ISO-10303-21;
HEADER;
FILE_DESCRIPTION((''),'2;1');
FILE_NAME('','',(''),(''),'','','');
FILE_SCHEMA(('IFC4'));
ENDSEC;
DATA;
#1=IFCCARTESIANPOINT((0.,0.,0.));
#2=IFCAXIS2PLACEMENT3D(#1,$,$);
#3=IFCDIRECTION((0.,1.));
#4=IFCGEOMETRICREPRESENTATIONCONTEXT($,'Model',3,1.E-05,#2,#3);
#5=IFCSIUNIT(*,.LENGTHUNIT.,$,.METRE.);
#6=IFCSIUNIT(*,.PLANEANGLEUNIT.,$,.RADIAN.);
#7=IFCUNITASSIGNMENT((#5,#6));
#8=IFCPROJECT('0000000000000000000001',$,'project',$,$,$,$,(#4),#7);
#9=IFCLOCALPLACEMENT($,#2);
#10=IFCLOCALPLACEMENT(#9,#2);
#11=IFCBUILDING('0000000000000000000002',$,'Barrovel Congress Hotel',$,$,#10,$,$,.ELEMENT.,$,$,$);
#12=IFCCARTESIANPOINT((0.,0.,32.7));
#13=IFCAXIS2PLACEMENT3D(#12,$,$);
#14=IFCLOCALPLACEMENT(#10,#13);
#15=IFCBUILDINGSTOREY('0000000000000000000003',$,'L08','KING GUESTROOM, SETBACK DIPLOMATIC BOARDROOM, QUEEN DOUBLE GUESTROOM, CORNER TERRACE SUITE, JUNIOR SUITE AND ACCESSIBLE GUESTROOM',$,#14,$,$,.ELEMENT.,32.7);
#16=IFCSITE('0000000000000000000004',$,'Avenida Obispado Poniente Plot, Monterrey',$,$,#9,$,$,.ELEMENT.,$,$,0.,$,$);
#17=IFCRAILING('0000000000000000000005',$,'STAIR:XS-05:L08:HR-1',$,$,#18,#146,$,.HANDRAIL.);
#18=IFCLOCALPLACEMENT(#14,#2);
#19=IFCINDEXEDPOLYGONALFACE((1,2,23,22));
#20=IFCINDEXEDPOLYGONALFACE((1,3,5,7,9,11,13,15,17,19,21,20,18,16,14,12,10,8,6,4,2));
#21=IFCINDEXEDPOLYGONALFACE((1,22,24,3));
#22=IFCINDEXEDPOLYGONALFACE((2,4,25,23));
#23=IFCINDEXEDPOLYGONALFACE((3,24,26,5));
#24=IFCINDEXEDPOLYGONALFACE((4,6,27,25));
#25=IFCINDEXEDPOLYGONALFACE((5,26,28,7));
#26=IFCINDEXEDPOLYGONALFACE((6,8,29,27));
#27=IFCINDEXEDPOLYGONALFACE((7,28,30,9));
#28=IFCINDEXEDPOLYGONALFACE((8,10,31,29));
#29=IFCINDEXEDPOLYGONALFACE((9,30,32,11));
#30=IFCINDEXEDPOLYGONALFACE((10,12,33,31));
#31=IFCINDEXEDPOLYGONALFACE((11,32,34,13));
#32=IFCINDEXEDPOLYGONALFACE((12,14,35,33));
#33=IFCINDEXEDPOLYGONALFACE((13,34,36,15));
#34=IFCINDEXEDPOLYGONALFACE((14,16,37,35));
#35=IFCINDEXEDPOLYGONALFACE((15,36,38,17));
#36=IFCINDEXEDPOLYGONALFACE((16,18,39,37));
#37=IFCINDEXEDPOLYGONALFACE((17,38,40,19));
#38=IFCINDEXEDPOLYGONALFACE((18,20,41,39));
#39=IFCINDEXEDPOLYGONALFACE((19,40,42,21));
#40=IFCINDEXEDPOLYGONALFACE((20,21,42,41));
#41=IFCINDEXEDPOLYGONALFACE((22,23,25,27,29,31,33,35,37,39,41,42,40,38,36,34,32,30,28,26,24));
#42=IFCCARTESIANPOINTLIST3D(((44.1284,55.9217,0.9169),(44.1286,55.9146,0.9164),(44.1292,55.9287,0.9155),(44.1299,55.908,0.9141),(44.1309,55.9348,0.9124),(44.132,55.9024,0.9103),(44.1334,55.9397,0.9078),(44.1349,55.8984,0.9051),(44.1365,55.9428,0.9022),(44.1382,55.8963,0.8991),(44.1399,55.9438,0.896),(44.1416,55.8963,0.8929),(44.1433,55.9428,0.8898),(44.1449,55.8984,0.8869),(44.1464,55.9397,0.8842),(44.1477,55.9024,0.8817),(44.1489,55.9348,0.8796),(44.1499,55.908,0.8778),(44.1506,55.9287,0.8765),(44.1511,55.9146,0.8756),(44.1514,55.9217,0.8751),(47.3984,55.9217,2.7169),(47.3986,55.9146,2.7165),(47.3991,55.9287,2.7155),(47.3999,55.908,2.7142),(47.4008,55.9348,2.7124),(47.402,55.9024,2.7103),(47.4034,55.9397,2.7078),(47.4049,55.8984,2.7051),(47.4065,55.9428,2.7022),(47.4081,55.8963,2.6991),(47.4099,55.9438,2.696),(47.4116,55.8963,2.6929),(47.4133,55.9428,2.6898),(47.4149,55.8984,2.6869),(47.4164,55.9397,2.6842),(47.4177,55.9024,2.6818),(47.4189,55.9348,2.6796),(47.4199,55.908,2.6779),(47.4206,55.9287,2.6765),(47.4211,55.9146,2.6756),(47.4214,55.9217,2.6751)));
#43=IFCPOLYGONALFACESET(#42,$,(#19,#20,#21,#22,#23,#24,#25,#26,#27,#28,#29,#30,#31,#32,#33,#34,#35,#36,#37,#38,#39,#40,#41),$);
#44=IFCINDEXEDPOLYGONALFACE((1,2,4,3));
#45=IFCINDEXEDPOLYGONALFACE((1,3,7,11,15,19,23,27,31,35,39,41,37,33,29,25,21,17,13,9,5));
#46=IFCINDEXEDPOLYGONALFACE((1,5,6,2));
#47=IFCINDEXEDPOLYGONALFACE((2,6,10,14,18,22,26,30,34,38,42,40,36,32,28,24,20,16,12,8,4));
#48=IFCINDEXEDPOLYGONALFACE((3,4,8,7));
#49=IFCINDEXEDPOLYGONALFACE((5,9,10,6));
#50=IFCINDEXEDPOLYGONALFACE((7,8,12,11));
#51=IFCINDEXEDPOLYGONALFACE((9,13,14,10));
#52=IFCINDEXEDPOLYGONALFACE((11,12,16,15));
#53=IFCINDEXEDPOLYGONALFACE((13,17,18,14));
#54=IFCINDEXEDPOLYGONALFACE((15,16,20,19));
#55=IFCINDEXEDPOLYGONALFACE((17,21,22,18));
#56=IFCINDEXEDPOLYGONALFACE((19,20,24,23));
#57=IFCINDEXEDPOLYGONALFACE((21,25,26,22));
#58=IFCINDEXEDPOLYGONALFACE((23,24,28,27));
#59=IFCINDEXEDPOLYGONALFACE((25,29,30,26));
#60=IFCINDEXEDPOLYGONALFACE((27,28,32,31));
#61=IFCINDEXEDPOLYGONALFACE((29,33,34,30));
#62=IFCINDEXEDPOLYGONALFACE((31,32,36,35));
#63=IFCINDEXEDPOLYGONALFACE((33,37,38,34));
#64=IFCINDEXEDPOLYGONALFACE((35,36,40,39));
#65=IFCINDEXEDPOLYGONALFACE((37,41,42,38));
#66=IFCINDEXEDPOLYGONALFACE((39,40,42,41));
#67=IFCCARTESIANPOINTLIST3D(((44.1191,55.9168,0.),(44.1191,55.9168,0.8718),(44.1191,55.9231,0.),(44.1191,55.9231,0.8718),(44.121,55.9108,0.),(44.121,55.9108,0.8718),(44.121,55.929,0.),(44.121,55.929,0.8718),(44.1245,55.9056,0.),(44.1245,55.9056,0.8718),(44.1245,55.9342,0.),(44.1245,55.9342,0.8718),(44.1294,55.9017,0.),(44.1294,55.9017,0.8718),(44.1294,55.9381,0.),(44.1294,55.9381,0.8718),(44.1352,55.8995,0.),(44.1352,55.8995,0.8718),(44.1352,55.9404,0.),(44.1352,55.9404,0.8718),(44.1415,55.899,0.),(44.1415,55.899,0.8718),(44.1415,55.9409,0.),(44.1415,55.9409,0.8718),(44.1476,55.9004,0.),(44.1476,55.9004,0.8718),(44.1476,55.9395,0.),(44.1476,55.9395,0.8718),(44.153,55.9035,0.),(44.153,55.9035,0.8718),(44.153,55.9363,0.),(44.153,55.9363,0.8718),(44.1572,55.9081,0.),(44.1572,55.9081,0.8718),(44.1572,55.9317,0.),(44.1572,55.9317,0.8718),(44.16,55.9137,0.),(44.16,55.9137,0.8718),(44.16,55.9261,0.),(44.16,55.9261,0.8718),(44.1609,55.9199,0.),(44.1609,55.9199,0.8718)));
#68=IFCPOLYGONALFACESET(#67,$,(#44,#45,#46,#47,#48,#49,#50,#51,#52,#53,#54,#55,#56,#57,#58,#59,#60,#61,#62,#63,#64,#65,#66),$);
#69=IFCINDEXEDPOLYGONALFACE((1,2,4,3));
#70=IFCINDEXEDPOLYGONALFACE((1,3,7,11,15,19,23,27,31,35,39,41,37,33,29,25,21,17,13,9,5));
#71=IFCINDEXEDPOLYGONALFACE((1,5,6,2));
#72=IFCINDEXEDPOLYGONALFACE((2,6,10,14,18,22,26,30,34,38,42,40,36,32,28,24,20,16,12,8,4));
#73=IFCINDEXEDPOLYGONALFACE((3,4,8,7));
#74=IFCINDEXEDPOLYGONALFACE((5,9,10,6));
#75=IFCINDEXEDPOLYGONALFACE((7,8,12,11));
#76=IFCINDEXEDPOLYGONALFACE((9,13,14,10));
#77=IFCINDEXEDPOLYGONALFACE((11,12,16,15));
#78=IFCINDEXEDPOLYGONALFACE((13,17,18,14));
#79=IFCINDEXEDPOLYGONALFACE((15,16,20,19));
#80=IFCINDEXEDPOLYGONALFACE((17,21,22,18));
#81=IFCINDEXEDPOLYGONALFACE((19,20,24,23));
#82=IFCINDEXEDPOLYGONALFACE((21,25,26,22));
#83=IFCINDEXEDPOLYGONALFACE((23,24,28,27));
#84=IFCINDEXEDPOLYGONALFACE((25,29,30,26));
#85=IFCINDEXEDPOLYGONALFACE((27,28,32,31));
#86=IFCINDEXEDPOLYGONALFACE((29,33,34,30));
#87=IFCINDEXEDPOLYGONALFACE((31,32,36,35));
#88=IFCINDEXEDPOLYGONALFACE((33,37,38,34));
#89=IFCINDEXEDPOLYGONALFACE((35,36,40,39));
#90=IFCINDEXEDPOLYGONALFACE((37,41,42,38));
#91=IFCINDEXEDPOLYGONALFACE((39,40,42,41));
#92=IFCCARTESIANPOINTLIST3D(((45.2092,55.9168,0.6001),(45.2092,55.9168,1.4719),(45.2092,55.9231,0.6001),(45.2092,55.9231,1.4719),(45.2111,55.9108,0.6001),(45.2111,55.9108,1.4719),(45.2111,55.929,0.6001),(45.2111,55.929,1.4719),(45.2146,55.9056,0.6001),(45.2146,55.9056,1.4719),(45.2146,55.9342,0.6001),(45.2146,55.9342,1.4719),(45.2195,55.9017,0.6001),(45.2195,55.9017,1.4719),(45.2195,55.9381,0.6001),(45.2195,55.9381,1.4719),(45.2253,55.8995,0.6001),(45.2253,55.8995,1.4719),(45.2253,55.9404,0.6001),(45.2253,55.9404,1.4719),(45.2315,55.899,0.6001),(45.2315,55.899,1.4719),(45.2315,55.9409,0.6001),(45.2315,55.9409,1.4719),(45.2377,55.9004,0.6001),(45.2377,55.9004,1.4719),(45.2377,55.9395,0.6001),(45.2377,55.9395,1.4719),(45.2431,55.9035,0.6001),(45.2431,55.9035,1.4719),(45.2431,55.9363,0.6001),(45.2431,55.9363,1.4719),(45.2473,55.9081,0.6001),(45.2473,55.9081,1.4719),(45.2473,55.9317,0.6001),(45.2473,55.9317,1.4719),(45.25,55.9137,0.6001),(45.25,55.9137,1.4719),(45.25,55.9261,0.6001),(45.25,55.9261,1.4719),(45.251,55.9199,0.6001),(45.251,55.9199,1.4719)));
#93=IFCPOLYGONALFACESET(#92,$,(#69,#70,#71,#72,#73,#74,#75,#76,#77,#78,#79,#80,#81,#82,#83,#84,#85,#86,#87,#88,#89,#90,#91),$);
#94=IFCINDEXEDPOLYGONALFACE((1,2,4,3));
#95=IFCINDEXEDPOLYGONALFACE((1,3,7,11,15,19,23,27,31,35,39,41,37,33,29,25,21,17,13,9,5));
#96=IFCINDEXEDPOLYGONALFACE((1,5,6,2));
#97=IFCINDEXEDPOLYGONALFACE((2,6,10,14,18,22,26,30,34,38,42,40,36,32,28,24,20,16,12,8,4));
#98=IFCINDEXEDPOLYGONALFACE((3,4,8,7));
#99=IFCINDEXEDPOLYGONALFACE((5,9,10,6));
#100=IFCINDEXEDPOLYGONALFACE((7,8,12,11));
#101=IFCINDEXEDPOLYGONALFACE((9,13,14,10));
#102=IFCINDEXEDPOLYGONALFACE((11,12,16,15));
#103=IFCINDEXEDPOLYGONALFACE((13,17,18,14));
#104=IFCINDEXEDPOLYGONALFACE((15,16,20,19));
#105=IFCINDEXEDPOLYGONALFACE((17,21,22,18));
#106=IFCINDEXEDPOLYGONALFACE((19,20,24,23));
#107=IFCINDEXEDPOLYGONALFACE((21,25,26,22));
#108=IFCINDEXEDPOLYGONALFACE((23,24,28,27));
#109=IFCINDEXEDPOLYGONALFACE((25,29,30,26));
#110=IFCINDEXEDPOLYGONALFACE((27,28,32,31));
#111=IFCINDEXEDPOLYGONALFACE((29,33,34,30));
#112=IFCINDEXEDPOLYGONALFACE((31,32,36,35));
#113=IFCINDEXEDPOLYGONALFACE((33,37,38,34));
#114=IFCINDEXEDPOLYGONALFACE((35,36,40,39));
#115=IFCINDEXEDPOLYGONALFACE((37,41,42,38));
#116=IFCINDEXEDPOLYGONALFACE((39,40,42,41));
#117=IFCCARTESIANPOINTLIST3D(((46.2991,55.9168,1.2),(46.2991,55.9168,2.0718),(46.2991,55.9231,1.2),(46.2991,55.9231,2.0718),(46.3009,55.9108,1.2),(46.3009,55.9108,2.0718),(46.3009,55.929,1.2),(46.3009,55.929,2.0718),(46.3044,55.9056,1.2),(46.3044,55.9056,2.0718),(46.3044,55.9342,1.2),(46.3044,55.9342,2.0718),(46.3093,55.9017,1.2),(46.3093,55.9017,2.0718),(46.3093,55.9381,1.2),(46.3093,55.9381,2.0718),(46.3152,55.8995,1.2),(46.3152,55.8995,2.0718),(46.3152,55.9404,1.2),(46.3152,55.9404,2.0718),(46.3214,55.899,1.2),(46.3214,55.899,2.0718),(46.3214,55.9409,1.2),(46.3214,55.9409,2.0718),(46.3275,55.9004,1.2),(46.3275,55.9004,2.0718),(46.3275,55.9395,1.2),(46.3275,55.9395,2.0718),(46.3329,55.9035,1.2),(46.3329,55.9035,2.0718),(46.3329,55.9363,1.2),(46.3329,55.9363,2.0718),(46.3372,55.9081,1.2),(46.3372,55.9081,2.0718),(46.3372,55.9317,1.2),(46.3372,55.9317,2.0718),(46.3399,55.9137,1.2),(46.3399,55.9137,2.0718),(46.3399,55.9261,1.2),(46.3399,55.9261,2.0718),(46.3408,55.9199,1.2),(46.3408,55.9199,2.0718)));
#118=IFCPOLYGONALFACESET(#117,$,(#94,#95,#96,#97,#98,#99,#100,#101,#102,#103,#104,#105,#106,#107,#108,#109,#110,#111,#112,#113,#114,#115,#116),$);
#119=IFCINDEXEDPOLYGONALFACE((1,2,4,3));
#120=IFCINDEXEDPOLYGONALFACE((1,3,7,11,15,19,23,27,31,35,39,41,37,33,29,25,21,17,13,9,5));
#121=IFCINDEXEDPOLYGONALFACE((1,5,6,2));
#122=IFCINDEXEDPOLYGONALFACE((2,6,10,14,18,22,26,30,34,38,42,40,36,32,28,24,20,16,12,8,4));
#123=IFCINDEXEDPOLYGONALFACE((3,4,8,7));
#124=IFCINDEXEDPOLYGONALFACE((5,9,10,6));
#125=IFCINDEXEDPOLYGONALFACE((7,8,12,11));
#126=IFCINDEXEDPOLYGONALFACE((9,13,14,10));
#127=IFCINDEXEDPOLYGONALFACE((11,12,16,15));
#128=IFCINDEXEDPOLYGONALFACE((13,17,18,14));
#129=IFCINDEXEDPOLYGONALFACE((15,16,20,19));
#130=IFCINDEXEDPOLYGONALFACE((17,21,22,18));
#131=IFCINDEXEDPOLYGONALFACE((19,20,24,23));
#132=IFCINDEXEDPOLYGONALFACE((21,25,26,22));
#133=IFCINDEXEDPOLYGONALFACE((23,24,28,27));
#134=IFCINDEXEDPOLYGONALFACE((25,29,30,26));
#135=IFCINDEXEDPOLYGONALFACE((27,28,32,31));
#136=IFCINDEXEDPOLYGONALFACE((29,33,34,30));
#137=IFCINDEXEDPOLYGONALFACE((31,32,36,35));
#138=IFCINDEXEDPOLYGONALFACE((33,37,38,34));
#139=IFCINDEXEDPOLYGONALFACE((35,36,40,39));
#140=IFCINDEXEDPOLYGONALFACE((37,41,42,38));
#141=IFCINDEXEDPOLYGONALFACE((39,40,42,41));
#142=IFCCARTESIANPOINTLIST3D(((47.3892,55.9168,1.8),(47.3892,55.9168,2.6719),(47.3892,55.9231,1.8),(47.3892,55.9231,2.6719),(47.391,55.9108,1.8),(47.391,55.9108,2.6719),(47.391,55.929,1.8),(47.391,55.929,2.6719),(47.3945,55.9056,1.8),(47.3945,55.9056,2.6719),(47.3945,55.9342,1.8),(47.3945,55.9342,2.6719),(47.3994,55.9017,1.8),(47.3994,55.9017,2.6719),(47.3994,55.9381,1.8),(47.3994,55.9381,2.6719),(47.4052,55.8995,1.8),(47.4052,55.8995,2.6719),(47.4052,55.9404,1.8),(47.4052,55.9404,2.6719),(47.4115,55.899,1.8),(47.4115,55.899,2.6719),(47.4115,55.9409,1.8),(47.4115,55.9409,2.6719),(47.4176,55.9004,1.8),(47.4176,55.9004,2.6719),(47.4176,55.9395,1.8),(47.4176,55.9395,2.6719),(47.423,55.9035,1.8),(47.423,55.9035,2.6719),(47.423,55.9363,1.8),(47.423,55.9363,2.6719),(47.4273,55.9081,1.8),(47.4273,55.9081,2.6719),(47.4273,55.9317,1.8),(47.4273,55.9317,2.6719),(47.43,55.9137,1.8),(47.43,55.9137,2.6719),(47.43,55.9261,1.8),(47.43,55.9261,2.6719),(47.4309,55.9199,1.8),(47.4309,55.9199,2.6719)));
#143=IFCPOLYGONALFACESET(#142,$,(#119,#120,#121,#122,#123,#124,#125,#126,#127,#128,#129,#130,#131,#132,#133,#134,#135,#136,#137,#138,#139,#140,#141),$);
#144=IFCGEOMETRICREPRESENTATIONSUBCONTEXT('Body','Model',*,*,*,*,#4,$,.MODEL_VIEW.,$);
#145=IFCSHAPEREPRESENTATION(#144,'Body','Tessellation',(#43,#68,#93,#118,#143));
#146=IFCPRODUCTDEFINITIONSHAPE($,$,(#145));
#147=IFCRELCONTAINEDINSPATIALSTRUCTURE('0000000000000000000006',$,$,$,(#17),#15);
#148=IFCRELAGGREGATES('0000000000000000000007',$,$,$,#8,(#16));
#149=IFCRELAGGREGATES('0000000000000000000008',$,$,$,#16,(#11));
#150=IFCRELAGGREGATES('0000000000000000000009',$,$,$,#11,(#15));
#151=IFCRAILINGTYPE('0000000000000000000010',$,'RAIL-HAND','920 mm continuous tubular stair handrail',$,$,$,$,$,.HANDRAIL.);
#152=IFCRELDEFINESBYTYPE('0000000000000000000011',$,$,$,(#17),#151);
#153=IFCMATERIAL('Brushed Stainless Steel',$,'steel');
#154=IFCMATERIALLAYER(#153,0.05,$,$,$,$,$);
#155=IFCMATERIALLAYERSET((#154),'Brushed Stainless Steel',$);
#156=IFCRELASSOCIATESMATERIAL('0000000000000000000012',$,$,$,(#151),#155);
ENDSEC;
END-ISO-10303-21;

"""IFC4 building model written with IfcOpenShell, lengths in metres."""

from ifc_helpers import new_model, si_unit, direction, frame, origin, origin_2d, place, context, subcontext, project, spatial, circle, extrude, material, layer, layer_set, type_object, element, save


model = new_model("IFC4")

# Units and contexts
model_context = context("Model", 3, precision=1e-05, world=origin(), true_north=direction((0.0, 1.0)))
body_context = subcontext(model_context, "Body", "Model", "MODEL_VIEW")
ifc_project = project(units=[si_unit("LENGTHUNIT", "METRE"), si_unit("PLANEANGLEUNIT", "RADIAN")], contexts=[model_context])

# Site, building, storey
site_placement = place(None, origin())
site = spatial("IfcSite", under=ifc_project, at=site_placement, Name="Avenida Obispado Poniente Plot, Monterrey", CompositionType="ELEMENT", RefElevation=0.0)
building_placement = place(site_placement, origin())
building = spatial("IfcBuilding", under=site, at=building_placement, Name="Barrovel Congress Hotel", CompositionType="ELEMENT")
storey_placement = place(building_placement, frame((0.0, 0.0, 32.7)))
storey = spatial("IfcBuildingStorey", under=building, at=storey_placement, Name="L08", Description="KING GUESTROOM, SETBACK DIPLOMATIC BOARDROOM, QUEEN DOUBLE GUESTROOM, CORNER TERRACE SUITE, JUNIOR SUITE AND ACCESSIBLE GUESTROOM", CompositionType="ELEMENT", Elevation=32.7)

# Railing
ifc_material_1 = material(Name="Brushed Stainless Steel", Category="steel")
ifc_layer_1 = layer(ifc_material_1, 0.05)
ifc_layer_set_1 = layer_set([ifc_layer_1], Name="Brushed Stainless Steel")
railing_type_1 = type_object("IfcRailingType", Name="RAIL-HAND", Description="920 mm continuous tubular stair handrail", PredefinedType="HANDRAIL", material=ifc_layer_set_1)
railing_1_placement = place(storey_placement, frame((44.1399, 55.9199, 0.0)))
element("IfcRailing", 1, at=railing_1_placement, inside=storey, type_object=railing_type_1, Name="STAIR:XS-05:L08:HR-1", PredefinedType="HANDRAIL", context=body_context, shape_type="SweptSolid", body=[
    extrude(circle(Radius=0.0239, at=origin_2d()), frame((0.0, 0.0, 0.896), z_axis=(0.876042, 0.0, 0.482235), x_axis=(0.0, 1.0, 0.0)), (0.0, 0.0, 1.0), 3.7327),
    extrude(circle(Radius=0.021, at=origin_2d()), origin(), (0.0, 0.0, 1.0), 0.8718),
    extrude(circle(Radius=0.021, at=origin_2d()), frame((1.0901, 0.0, 0.6001)), (0.0, 0.0, 1.0), 0.8718),
    extrude(circle(Radius=0.021, at=origin_2d()), frame((2.1799, 0.0, 1.2)), (0.0, 0.0, 1.0), 0.8718),
    extrude(circle(Radius=0.021, at=origin_2d()), frame((3.27, 0.0, 1.8)), (0.0, 0.0, 1.0), 0.8718),
])

save(model, "model.ifc")
